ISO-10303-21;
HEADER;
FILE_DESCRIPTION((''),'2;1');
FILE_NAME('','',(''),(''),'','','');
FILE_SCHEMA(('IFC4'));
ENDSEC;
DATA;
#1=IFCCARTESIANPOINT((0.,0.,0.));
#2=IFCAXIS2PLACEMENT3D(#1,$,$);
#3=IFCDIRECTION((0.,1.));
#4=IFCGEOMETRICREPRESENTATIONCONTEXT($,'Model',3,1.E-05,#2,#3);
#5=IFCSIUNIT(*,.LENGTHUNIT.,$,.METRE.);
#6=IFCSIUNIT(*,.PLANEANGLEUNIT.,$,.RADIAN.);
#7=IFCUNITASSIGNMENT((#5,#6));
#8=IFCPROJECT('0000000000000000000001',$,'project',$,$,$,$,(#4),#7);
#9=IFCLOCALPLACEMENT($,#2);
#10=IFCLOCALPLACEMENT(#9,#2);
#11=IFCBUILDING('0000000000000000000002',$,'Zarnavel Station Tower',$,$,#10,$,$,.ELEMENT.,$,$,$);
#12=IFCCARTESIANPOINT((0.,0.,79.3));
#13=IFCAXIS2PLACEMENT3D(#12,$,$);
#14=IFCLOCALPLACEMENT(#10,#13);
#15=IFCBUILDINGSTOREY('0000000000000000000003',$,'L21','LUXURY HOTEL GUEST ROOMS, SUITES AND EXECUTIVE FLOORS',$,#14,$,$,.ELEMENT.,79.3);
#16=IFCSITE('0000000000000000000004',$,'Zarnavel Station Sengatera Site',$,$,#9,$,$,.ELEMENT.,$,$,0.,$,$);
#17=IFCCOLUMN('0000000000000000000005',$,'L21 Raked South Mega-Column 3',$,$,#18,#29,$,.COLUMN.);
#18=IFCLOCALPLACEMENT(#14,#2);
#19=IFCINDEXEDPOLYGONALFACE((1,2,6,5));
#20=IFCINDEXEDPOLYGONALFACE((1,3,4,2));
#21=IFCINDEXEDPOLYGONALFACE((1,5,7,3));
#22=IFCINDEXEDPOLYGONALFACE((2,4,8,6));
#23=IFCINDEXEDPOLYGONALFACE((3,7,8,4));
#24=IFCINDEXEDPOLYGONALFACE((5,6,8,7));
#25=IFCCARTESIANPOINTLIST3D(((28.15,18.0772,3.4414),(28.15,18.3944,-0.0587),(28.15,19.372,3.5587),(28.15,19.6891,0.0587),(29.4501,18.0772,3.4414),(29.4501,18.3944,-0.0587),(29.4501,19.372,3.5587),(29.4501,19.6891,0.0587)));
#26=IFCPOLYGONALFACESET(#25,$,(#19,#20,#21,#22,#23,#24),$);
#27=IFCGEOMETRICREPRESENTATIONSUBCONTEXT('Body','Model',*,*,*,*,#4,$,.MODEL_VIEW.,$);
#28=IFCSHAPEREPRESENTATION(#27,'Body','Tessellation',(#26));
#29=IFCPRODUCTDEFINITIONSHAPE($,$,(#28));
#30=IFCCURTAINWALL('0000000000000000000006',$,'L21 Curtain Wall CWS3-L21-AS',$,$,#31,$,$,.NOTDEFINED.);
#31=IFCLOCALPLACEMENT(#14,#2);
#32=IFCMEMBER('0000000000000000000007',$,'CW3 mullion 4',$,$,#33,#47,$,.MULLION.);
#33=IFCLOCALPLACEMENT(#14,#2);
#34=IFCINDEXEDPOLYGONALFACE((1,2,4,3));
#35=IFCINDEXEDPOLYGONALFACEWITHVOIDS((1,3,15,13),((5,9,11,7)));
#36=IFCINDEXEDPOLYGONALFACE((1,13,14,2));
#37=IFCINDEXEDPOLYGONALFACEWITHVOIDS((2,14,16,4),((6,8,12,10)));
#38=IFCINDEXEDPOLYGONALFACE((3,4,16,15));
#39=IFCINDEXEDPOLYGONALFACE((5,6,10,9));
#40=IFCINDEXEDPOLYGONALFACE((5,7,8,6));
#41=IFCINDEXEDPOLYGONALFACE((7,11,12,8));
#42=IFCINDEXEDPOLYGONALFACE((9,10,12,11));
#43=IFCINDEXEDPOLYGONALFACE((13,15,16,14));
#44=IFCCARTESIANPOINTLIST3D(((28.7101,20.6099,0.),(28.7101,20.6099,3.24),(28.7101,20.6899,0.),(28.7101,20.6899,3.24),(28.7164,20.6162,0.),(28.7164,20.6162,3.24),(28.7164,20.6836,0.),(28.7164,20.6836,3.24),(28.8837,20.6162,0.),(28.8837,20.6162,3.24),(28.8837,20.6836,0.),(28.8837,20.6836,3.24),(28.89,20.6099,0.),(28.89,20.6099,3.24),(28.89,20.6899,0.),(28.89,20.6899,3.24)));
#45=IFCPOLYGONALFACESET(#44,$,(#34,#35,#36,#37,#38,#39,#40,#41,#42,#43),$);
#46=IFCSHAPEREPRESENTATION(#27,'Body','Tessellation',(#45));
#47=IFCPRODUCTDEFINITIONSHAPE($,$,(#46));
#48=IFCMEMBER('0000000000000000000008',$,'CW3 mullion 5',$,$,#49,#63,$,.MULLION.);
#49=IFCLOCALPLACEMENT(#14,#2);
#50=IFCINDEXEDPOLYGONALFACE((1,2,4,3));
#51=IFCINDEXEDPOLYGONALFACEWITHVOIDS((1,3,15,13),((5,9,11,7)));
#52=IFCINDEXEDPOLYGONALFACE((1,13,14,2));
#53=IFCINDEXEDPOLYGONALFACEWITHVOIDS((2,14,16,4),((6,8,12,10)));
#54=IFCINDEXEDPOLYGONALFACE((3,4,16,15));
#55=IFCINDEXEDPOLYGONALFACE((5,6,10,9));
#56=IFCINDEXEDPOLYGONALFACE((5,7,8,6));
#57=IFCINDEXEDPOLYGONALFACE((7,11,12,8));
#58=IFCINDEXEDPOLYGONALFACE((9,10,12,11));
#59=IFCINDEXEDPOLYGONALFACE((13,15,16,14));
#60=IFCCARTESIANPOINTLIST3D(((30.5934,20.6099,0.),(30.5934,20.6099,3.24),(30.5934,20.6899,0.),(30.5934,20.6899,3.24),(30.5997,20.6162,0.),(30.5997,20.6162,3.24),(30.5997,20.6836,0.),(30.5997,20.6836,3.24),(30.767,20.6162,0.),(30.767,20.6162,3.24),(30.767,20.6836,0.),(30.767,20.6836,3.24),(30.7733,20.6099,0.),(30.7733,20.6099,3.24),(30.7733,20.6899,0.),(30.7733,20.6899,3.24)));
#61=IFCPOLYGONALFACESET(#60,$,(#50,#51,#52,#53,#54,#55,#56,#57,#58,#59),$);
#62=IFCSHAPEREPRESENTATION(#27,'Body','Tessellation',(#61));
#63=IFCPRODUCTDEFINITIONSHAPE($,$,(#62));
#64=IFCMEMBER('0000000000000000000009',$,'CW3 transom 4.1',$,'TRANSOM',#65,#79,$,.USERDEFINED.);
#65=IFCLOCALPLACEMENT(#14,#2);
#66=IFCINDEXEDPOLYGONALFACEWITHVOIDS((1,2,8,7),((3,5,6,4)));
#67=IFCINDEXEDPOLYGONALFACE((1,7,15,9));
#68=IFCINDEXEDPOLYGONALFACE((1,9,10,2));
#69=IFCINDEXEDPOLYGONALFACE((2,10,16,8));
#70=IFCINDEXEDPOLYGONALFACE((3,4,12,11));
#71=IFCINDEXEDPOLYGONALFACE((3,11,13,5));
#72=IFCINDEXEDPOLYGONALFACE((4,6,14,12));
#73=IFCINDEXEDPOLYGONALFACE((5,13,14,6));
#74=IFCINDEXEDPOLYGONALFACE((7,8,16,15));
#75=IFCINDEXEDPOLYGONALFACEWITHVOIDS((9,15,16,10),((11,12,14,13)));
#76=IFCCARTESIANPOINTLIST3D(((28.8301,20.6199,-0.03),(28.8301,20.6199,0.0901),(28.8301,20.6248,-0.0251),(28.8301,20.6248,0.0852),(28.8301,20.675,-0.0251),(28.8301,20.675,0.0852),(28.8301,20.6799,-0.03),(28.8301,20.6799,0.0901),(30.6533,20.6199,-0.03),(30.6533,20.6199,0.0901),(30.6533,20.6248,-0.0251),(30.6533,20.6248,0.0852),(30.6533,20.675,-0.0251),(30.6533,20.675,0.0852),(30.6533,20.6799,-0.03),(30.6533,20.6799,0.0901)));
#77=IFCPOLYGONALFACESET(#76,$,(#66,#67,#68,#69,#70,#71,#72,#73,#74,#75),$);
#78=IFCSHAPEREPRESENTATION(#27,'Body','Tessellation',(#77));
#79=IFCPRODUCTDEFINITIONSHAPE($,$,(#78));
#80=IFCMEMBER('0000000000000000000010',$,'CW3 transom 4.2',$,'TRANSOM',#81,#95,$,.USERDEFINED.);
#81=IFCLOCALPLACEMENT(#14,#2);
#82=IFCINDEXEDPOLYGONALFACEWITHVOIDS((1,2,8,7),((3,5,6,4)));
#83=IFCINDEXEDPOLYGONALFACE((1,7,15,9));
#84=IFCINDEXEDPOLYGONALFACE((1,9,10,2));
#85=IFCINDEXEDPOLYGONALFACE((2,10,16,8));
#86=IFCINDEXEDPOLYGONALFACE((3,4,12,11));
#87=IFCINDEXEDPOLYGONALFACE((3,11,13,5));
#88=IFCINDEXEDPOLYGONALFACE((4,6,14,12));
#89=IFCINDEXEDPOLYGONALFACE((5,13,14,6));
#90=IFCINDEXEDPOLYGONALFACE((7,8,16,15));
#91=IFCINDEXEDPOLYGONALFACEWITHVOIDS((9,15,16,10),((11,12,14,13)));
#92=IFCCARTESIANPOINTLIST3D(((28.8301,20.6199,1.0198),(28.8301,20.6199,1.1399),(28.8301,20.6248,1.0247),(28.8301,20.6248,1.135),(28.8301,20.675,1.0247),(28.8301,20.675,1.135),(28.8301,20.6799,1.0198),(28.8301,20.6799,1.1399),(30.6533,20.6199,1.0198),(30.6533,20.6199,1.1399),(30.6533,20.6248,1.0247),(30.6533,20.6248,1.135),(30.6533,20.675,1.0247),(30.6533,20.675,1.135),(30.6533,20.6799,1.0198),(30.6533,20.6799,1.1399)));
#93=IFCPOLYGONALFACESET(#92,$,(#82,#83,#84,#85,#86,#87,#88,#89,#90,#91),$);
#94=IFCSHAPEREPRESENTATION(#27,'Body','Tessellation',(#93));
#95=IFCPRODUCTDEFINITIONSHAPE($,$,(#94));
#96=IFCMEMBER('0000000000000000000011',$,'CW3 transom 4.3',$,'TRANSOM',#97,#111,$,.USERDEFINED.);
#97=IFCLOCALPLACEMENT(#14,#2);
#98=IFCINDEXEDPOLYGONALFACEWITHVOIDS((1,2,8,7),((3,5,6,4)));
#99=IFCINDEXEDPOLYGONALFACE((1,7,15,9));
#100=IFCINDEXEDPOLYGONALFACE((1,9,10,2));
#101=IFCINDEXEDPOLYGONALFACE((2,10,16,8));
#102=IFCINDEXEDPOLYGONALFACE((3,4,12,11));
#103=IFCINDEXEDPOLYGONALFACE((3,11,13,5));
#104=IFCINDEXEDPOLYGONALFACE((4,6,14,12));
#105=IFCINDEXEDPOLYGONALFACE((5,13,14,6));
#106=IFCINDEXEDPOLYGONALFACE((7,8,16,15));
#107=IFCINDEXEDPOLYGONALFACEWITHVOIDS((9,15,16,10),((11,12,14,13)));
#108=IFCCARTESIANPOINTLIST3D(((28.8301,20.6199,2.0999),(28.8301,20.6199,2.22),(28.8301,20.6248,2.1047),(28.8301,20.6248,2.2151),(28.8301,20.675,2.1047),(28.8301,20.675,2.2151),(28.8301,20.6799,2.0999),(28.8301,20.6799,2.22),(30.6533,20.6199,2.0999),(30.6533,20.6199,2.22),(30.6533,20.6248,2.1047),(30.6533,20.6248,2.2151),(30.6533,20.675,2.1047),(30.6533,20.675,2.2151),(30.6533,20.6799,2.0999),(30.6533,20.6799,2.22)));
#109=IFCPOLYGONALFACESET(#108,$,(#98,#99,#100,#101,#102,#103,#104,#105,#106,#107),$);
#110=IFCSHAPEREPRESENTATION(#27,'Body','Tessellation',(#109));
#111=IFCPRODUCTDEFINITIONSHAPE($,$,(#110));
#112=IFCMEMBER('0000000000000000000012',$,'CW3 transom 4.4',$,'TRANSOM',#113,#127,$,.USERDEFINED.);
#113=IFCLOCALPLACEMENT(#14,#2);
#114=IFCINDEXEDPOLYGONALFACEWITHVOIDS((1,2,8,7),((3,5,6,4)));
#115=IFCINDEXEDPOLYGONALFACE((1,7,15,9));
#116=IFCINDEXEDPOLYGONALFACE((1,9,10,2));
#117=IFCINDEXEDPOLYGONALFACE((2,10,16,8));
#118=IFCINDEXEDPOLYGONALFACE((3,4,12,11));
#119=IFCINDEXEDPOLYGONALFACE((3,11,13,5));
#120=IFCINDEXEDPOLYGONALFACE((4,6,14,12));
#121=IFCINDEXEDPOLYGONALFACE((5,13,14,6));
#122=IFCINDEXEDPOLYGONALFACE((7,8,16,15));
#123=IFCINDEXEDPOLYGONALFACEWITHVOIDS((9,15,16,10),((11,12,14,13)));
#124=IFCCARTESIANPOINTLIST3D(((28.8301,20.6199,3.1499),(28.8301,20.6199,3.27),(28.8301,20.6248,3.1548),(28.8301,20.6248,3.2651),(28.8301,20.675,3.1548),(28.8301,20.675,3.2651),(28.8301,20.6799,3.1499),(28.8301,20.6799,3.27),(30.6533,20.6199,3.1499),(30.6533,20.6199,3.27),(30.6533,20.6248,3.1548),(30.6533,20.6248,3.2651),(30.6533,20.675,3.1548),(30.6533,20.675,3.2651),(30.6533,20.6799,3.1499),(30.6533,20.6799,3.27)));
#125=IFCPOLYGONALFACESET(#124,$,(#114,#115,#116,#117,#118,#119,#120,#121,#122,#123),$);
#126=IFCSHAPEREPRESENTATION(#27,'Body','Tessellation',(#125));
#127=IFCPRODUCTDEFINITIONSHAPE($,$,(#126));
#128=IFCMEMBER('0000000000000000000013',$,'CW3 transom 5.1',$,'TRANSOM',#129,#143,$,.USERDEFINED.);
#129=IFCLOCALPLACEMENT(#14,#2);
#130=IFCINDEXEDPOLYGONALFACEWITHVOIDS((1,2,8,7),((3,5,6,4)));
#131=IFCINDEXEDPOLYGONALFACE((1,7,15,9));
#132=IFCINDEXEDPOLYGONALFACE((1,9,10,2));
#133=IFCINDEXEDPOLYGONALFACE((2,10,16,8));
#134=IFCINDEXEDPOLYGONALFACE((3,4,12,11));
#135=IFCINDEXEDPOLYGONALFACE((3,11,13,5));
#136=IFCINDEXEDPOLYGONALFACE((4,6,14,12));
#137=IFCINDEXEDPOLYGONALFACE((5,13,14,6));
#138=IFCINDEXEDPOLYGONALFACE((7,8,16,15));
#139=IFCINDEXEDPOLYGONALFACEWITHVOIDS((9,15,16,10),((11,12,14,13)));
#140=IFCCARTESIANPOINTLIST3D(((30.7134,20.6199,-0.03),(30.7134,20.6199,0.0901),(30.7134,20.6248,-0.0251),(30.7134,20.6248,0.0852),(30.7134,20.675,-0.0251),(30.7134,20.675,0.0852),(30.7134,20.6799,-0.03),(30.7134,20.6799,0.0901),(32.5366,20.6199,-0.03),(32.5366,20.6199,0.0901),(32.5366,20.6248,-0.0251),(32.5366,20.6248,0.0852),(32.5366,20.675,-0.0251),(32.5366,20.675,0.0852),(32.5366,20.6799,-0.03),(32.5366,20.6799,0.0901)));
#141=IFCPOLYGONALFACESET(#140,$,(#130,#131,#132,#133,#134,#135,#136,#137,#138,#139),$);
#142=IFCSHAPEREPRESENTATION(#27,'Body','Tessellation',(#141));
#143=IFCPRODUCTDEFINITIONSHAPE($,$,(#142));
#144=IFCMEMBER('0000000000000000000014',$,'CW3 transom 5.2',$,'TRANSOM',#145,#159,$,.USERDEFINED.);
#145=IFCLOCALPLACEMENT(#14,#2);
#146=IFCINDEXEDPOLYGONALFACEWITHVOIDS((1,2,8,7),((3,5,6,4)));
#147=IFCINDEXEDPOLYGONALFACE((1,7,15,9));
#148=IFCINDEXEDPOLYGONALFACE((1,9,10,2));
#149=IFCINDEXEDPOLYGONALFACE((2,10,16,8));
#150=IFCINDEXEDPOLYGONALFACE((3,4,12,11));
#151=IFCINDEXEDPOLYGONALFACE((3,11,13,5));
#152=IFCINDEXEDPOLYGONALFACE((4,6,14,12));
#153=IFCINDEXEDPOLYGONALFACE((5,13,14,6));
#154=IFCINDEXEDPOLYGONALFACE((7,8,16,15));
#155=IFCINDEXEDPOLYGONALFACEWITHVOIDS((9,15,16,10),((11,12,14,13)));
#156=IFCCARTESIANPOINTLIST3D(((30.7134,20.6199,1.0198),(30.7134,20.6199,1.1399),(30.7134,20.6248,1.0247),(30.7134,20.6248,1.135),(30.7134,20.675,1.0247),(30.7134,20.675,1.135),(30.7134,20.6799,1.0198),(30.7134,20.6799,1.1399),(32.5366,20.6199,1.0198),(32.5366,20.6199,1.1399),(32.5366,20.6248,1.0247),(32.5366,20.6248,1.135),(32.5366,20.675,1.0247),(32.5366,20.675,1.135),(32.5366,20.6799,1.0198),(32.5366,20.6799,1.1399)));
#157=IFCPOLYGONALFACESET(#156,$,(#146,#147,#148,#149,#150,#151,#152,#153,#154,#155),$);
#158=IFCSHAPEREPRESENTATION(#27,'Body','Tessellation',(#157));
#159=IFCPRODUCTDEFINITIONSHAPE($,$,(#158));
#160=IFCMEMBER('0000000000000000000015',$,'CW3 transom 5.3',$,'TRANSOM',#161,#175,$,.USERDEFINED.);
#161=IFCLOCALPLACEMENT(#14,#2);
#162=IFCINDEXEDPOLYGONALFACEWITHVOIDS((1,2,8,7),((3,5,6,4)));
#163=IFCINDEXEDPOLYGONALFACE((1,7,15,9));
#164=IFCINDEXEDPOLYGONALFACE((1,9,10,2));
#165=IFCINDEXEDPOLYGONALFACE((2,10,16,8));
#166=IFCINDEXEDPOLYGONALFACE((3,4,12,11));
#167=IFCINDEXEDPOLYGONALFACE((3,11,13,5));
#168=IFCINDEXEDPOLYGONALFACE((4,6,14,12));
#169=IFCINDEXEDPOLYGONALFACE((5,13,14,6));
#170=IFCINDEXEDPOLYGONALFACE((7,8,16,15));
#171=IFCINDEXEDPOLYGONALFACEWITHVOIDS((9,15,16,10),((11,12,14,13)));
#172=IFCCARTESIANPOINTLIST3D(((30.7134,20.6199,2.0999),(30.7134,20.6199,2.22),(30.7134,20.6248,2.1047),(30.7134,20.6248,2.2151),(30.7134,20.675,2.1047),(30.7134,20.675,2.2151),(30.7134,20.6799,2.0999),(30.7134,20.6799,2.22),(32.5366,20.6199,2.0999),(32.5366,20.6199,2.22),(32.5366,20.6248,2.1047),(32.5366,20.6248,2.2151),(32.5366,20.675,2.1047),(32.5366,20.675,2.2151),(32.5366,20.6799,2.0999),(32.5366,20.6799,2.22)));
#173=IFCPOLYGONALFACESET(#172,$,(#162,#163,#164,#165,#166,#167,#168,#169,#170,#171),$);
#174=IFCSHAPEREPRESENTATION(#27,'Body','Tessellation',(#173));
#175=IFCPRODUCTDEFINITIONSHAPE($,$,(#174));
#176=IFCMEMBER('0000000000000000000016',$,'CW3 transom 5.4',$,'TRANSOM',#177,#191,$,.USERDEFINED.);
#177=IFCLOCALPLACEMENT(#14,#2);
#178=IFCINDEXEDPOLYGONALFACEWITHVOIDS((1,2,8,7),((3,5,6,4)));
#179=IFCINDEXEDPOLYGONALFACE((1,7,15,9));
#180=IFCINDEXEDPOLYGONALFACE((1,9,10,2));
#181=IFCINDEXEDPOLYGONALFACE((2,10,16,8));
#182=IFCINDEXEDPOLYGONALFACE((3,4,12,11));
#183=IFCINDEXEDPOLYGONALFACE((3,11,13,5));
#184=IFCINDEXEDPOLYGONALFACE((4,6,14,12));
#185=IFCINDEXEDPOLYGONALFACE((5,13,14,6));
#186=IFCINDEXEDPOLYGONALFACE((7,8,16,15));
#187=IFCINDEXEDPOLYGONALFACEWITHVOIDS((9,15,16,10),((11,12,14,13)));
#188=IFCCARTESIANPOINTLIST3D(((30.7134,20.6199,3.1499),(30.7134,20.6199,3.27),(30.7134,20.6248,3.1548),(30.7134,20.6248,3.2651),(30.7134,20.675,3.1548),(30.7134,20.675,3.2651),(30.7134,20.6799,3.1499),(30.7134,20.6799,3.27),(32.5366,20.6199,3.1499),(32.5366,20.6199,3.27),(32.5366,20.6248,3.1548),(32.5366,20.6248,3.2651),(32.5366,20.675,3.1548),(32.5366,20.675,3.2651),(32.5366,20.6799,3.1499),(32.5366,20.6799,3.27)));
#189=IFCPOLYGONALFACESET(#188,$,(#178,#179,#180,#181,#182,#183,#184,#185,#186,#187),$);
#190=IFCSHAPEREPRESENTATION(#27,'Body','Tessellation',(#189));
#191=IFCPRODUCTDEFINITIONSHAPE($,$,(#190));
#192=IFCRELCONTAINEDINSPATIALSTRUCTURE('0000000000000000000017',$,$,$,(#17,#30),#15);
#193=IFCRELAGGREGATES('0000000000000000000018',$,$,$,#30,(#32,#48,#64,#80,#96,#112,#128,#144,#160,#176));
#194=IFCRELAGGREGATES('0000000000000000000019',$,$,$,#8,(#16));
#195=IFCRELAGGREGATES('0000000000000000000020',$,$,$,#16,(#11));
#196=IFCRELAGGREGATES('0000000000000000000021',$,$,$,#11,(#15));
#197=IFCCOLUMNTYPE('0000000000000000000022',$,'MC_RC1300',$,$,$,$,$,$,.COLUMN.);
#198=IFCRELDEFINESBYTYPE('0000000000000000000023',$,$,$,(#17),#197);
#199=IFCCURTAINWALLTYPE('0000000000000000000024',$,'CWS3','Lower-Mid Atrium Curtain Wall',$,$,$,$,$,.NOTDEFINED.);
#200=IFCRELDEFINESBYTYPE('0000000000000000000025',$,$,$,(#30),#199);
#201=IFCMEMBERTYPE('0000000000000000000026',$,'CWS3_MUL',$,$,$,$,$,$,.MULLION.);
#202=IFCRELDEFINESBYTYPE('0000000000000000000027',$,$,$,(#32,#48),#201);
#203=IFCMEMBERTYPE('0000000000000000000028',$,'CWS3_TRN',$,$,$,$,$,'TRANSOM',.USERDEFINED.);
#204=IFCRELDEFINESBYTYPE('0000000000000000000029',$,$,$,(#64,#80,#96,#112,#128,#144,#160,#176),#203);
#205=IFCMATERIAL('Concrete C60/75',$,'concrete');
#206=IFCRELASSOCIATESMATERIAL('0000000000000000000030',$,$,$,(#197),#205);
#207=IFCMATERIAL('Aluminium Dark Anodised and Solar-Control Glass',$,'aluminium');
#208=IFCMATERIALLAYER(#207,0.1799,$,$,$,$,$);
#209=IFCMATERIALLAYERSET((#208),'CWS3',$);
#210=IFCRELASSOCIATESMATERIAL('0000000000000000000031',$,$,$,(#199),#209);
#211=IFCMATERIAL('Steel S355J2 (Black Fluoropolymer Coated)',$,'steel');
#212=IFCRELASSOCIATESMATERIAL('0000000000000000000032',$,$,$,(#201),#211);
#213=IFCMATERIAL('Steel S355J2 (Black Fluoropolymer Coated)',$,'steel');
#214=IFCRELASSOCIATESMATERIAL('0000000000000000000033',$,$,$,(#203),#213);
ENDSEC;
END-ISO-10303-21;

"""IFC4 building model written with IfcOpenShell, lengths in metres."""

from ifc_helpers import new_model, si_unit, direction, frame, origin, origin_2d, place, context, subcontext, project, spatial, rectangle, hollow_rectangle, extrude, material, layer, layer_set, material_profile, profile_set, type_object, element, aggregate, save


model = new_model("IFC4")

# Units and contexts
model_context = context("Model", 3, precision=1e-05, world=origin(), true_north=direction((0.0, 1.0)))
body_context = subcontext(model_context, "Body", "Model", "MODEL_VIEW")
ifc_project = project(units=[si_unit("LENGTHUNIT", "METRE"), si_unit("PLANEANGLEUNIT", "RADIAN")], contexts=[model_context])

# Site, building, storey
site_placement = place(None, origin())
site = spatial("IfcSite", under=ifc_project, at=site_placement, Name="Zarnavel Station Sengatera Site", CompositionType="ELEMENT", RefElevation=0.0)
building_placement = place(site_placement, origin())
building = spatial("IfcBuilding", under=site, at=building_placement, Name="Zarnavel Station Tower", CompositionType="ELEMENT")
storey_placement = place(building_placement, frame((0.0, 0.0, 79.3)))
storey = spatial("IfcBuildingStorey", under=building, at=storey_placement, Name="L21", Description="LUXURY HOTEL GUEST ROOMS, SUITES AND EXECUTIVE FLOORS", CompositionType="ELEMENT", Elevation=79.3)

# Column
ifc_material_1 = material(Name="Concrete C60/75", Category="concrete")
ifc_material_profile_1 = material_profile(ifc_material_1, rectangle(XDim=1.3, YDim=1.3, at=origin_2d()), Name="RC1300x1300")
ifc_profile_set_1 = profile_set([ifc_material_profile_1], Name="Concrete C60/75")
column_type = type_object("IfcColumnType", Name="MC_RC1300", PredefinedType="COLUMN", material=ifc_profile_set_1)
column_placement = place(storey_placement, frame((28.8, 19.0417, 0.0), z_axis=(0.0, -0.090241, 0.99592), x_axis=(1.0, 0.0, 0.0)))
element("IfcColumn", 1, at=column_placement, inside=storey, type_object=column_type, Name="L21 Raked South Mega-Column 3", PredefinedType="COLUMN", context=body_context, shape_type="SweptSolid", body=[
    extrude(rectangle(XDim=1.3, YDim=1.3, at=origin_2d()), origin(), (0.0, 0.0, 1.0), 3.5144),
])

# Curtain wall, members
ifc_material_2 = material(Name="Aluminium Dark Anodised and Solar-Control Glass", Category="aluminium")
ifc_layer_1 = layer(ifc_material_2, 0.1799)
ifc_layer_set_1 = layer_set([ifc_layer_1], Name="CWS3")
curtain_wall_type = type_object("IfcCurtainWallType", Name="CWS3", Description="Lower-Mid Atrium Curtain Wall", PredefinedType="NOTDEFINED", material=ifc_layer_set_1)
curtain_wall_placement = place(storey_placement, origin())
curtain_wall = element("IfcCurtainWall", 2, at=curtain_wall_placement, inside=storey, type_object=curtain_wall_type, Name="L21 Curtain Wall CWS3-L21-AS", PredefinedType="NOTDEFINED")
ifc_material_3 = material(Name="Steel S355J2 (Black Fluoropolymer Coated)", Category="steel")
ifc_material_profile_2 = material_profile(ifc_material_3, hollow_rectangle(XDim=0.0801, YDim=0.1799, WallThickness=0.0063, at=origin_2d()), Name="RHS180x80x6.3")
ifc_profile_set_2 = profile_set([ifc_material_profile_2], Name="Steel S355J2 (Black Fluoropolymer Coated)")
member_type_1 = type_object("IfcMemberType", Name="CWS3_MUL", PredefinedType="MULLION", material=ifc_profile_set_2)
member_1_placement = place(storey_placement, frame((28.8, 20.6499, 0.0), z_axis=(0.0, 0.0, 1.0), x_axis=(0.0, 1.0, 0.0)))
member_1 = element("IfcMember", 3, at=member_1_placement, type_object=member_type_1, Name="CW3 mullion 4", PredefinedType="MULLION", context=body_context, shape_type="SweptSolid", body=[
    extrude(hollow_rectangle(XDim=0.0801, YDim=0.1799, WallThickness=0.0063, at=origin_2d()), origin(), (0.0, 0.0, 1.0), 3.24),
])
member_2_placement = place(storey_placement, frame((30.6833, 20.6499, 0.0), z_axis=(0.0, 0.0, 1.0), x_axis=(0.0, 1.0, 0.0)))
member_2 = element("IfcMember", 4, at=member_2_placement, type_object=member_type_1, Name="CW3 mullion 5", PredefinedType="MULLION", context=body_context, shape_type="SweptSolid", body=[
    extrude(hollow_rectangle(XDim=0.0801, YDim=0.1799, WallThickness=0.0063, at=origin_2d()), origin(), (0.0, 0.0, 1.0), 3.24),
])
ifc_material_4 = material(Name="Steel S355J2 (Black Fluoropolymer Coated)", Category="steel")
ifc_material_profile_3 = material_profile(ifc_material_4, hollow_rectangle(XDim=0.0601, YDim=0.1201, WallThickness=0.0049, at=origin_2d()), Name="RHS120x60x5")
ifc_profile_set_3 = profile_set([ifc_material_profile_3], Name="Steel S355J2 (Black Fluoropolymer Coated)")
member_type_2 = type_object("IfcMemberType", Name="CWS3_TRN", ElementType="TRANSOM", PredefinedType="USERDEFINED", material=ifc_profile_set_3)
member_3_placement = place(storey_placement, frame((28.8301, 20.6499, 0.03), z_axis=(1.0, 0.0, 0.0), x_axis=(0.0, 1.0, 0.0)))
member_3 = element("IfcMember", 5, at=member_3_placement, type_object=member_type_2, Name="CW3 transom 4.1", ObjectType="TRANSOM", PredefinedType="USERDEFINED", context=body_context, shape_type="SweptSolid", body=[
    extrude(hollow_rectangle(XDim=0.0601, YDim=0.1201, WallThickness=0.0049, at=origin_2d()), origin(), (0.0, 0.0, 1.0), 1.8232),
])
member_4_placement = place(storey_placement, frame((28.8301, 20.6499, 1.0798), z_axis=(1.0, 0.0, 0.0), x_axis=(0.0, 1.0, 0.0)))
member_4 = element("IfcMember", 6, at=member_4_placement, type_object=member_type_2, Name="CW3 transom 4.2", ObjectType="TRANSOM", PredefinedType="USERDEFINED", context=body_context, shape_type="SweptSolid", body=[
    extrude(hollow_rectangle(XDim=0.0601, YDim=0.1201, WallThickness=0.0049, at=origin_2d()), origin(), (0.0, 0.0, 1.0), 1.8232),
])
member_5_placement = place(storey_placement, frame((28.8301, 20.6499, 2.1599), z_axis=(1.0, 0.0, 0.0), x_axis=(0.0, 1.0, 0.0)))
member_5 = element("IfcMember", 7, at=member_5_placement, type_object=member_type_2, Name="CW3 transom 4.3", ObjectType="TRANSOM", PredefinedType="USERDEFINED", context=body_context, shape_type="SweptSolid", body=[
    extrude(hollow_rectangle(XDim=0.0601, YDim=0.1201, WallThickness=0.0049, at=origin_2d()), origin(), (0.0, 0.0, 1.0), 1.8232),
])
member_6_placement = place(storey_placement, frame((28.8301, 20.6499, 3.21), z_axis=(1.0, 0.0, 0.0), x_axis=(0.0, 1.0, 0.0)))
member_6 = element("IfcMember", 8, at=member_6_placement, type_object=member_type_2, Name="CW3 transom 4.4", ObjectType="TRANSOM", PredefinedType="USERDEFINED", context=body_context, shape_type="SweptSolid", body=[
    extrude(hollow_rectangle(XDim=0.0601, YDim=0.1201, WallThickness=0.0049, at=origin_2d()), origin(), (0.0, 0.0, 1.0), 1.8232),
])
member_7_placement = place(storey_placement, frame((30.7134, 20.6499, 0.03), z_axis=(1.0, 0.0, 0.0), x_axis=(0.0, 1.0, 0.0)))
member_7 = element("IfcMember", 9, at=member_7_placement, type_object=member_type_2, Name="CW3 transom 5.1", ObjectType="TRANSOM", PredefinedType="USERDEFINED", context=body_context, shape_type="SweptSolid", body=[
    extrude(hollow_rectangle(XDim=0.0601, YDim=0.1201, WallThickness=0.0049, at=origin_2d()), origin(), (0.0, 0.0, 1.0), 1.8232),
])
member_8_placement = place(storey_placement, frame((30.7134, 20.6499, 1.0798), z_axis=(1.0, 0.0, 0.0), x_axis=(0.0, 1.0, 0.0)))
member_8 = element("IfcMember", 10, at=member_8_placement, type_object=member_type_2, Name="CW3 transom 5.2", ObjectType="TRANSOM", PredefinedType="USERDEFINED", context=body_context, shape_type="SweptSolid", body=[
    extrude(hollow_rectangle(XDim=0.0601, YDim=0.1201, WallThickness=0.0049, at=origin_2d()), origin(), (0.0, 0.0, 1.0), 1.8232),
])
member_9_placement = place(storey_placement, frame((30.7134, 20.6499, 2.1599), z_axis=(1.0, 0.0, 0.0), x_axis=(0.0, 1.0, 0.0)))
member_9 = element("IfcMember", 11, at=member_9_placement, type_object=member_type_2, Name="CW3 transom 5.3", ObjectType="TRANSOM", PredefinedType="USERDEFINED", context=body_context, shape_type="SweptSolid", body=[
    extrude(hollow_rectangle(XDim=0.0601, YDim=0.1201, WallThickness=0.0049, at=origin_2d()), origin(), (0.0, 0.0, 1.0), 1.8232),
])
member_10_placement = place(storey_placement, frame((30.7134, 20.6499, 3.21), z_axis=(1.0, 0.0, 0.0), x_axis=(0.0, 1.0, 0.0)))
member_10 = element("IfcMember", 12, at=member_10_placement, type_object=member_type_2, Name="CW3 transom 5.4", ObjectType="TRANSOM", PredefinedType="USERDEFINED", context=body_context, shape_type="SweptSolid", body=[
    extrude(hollow_rectangle(XDim=0.0601, YDim=0.1201, WallThickness=0.0049, at=origin_2d()), origin(), (0.0, 0.0, 1.0), 1.8232),
])

aggregate(curtain_wall, [member_1, member_2, member_3, member_4, member_5, member_6, member_7, member_8, member_9, member_10])

save(model, "model.ifc")
